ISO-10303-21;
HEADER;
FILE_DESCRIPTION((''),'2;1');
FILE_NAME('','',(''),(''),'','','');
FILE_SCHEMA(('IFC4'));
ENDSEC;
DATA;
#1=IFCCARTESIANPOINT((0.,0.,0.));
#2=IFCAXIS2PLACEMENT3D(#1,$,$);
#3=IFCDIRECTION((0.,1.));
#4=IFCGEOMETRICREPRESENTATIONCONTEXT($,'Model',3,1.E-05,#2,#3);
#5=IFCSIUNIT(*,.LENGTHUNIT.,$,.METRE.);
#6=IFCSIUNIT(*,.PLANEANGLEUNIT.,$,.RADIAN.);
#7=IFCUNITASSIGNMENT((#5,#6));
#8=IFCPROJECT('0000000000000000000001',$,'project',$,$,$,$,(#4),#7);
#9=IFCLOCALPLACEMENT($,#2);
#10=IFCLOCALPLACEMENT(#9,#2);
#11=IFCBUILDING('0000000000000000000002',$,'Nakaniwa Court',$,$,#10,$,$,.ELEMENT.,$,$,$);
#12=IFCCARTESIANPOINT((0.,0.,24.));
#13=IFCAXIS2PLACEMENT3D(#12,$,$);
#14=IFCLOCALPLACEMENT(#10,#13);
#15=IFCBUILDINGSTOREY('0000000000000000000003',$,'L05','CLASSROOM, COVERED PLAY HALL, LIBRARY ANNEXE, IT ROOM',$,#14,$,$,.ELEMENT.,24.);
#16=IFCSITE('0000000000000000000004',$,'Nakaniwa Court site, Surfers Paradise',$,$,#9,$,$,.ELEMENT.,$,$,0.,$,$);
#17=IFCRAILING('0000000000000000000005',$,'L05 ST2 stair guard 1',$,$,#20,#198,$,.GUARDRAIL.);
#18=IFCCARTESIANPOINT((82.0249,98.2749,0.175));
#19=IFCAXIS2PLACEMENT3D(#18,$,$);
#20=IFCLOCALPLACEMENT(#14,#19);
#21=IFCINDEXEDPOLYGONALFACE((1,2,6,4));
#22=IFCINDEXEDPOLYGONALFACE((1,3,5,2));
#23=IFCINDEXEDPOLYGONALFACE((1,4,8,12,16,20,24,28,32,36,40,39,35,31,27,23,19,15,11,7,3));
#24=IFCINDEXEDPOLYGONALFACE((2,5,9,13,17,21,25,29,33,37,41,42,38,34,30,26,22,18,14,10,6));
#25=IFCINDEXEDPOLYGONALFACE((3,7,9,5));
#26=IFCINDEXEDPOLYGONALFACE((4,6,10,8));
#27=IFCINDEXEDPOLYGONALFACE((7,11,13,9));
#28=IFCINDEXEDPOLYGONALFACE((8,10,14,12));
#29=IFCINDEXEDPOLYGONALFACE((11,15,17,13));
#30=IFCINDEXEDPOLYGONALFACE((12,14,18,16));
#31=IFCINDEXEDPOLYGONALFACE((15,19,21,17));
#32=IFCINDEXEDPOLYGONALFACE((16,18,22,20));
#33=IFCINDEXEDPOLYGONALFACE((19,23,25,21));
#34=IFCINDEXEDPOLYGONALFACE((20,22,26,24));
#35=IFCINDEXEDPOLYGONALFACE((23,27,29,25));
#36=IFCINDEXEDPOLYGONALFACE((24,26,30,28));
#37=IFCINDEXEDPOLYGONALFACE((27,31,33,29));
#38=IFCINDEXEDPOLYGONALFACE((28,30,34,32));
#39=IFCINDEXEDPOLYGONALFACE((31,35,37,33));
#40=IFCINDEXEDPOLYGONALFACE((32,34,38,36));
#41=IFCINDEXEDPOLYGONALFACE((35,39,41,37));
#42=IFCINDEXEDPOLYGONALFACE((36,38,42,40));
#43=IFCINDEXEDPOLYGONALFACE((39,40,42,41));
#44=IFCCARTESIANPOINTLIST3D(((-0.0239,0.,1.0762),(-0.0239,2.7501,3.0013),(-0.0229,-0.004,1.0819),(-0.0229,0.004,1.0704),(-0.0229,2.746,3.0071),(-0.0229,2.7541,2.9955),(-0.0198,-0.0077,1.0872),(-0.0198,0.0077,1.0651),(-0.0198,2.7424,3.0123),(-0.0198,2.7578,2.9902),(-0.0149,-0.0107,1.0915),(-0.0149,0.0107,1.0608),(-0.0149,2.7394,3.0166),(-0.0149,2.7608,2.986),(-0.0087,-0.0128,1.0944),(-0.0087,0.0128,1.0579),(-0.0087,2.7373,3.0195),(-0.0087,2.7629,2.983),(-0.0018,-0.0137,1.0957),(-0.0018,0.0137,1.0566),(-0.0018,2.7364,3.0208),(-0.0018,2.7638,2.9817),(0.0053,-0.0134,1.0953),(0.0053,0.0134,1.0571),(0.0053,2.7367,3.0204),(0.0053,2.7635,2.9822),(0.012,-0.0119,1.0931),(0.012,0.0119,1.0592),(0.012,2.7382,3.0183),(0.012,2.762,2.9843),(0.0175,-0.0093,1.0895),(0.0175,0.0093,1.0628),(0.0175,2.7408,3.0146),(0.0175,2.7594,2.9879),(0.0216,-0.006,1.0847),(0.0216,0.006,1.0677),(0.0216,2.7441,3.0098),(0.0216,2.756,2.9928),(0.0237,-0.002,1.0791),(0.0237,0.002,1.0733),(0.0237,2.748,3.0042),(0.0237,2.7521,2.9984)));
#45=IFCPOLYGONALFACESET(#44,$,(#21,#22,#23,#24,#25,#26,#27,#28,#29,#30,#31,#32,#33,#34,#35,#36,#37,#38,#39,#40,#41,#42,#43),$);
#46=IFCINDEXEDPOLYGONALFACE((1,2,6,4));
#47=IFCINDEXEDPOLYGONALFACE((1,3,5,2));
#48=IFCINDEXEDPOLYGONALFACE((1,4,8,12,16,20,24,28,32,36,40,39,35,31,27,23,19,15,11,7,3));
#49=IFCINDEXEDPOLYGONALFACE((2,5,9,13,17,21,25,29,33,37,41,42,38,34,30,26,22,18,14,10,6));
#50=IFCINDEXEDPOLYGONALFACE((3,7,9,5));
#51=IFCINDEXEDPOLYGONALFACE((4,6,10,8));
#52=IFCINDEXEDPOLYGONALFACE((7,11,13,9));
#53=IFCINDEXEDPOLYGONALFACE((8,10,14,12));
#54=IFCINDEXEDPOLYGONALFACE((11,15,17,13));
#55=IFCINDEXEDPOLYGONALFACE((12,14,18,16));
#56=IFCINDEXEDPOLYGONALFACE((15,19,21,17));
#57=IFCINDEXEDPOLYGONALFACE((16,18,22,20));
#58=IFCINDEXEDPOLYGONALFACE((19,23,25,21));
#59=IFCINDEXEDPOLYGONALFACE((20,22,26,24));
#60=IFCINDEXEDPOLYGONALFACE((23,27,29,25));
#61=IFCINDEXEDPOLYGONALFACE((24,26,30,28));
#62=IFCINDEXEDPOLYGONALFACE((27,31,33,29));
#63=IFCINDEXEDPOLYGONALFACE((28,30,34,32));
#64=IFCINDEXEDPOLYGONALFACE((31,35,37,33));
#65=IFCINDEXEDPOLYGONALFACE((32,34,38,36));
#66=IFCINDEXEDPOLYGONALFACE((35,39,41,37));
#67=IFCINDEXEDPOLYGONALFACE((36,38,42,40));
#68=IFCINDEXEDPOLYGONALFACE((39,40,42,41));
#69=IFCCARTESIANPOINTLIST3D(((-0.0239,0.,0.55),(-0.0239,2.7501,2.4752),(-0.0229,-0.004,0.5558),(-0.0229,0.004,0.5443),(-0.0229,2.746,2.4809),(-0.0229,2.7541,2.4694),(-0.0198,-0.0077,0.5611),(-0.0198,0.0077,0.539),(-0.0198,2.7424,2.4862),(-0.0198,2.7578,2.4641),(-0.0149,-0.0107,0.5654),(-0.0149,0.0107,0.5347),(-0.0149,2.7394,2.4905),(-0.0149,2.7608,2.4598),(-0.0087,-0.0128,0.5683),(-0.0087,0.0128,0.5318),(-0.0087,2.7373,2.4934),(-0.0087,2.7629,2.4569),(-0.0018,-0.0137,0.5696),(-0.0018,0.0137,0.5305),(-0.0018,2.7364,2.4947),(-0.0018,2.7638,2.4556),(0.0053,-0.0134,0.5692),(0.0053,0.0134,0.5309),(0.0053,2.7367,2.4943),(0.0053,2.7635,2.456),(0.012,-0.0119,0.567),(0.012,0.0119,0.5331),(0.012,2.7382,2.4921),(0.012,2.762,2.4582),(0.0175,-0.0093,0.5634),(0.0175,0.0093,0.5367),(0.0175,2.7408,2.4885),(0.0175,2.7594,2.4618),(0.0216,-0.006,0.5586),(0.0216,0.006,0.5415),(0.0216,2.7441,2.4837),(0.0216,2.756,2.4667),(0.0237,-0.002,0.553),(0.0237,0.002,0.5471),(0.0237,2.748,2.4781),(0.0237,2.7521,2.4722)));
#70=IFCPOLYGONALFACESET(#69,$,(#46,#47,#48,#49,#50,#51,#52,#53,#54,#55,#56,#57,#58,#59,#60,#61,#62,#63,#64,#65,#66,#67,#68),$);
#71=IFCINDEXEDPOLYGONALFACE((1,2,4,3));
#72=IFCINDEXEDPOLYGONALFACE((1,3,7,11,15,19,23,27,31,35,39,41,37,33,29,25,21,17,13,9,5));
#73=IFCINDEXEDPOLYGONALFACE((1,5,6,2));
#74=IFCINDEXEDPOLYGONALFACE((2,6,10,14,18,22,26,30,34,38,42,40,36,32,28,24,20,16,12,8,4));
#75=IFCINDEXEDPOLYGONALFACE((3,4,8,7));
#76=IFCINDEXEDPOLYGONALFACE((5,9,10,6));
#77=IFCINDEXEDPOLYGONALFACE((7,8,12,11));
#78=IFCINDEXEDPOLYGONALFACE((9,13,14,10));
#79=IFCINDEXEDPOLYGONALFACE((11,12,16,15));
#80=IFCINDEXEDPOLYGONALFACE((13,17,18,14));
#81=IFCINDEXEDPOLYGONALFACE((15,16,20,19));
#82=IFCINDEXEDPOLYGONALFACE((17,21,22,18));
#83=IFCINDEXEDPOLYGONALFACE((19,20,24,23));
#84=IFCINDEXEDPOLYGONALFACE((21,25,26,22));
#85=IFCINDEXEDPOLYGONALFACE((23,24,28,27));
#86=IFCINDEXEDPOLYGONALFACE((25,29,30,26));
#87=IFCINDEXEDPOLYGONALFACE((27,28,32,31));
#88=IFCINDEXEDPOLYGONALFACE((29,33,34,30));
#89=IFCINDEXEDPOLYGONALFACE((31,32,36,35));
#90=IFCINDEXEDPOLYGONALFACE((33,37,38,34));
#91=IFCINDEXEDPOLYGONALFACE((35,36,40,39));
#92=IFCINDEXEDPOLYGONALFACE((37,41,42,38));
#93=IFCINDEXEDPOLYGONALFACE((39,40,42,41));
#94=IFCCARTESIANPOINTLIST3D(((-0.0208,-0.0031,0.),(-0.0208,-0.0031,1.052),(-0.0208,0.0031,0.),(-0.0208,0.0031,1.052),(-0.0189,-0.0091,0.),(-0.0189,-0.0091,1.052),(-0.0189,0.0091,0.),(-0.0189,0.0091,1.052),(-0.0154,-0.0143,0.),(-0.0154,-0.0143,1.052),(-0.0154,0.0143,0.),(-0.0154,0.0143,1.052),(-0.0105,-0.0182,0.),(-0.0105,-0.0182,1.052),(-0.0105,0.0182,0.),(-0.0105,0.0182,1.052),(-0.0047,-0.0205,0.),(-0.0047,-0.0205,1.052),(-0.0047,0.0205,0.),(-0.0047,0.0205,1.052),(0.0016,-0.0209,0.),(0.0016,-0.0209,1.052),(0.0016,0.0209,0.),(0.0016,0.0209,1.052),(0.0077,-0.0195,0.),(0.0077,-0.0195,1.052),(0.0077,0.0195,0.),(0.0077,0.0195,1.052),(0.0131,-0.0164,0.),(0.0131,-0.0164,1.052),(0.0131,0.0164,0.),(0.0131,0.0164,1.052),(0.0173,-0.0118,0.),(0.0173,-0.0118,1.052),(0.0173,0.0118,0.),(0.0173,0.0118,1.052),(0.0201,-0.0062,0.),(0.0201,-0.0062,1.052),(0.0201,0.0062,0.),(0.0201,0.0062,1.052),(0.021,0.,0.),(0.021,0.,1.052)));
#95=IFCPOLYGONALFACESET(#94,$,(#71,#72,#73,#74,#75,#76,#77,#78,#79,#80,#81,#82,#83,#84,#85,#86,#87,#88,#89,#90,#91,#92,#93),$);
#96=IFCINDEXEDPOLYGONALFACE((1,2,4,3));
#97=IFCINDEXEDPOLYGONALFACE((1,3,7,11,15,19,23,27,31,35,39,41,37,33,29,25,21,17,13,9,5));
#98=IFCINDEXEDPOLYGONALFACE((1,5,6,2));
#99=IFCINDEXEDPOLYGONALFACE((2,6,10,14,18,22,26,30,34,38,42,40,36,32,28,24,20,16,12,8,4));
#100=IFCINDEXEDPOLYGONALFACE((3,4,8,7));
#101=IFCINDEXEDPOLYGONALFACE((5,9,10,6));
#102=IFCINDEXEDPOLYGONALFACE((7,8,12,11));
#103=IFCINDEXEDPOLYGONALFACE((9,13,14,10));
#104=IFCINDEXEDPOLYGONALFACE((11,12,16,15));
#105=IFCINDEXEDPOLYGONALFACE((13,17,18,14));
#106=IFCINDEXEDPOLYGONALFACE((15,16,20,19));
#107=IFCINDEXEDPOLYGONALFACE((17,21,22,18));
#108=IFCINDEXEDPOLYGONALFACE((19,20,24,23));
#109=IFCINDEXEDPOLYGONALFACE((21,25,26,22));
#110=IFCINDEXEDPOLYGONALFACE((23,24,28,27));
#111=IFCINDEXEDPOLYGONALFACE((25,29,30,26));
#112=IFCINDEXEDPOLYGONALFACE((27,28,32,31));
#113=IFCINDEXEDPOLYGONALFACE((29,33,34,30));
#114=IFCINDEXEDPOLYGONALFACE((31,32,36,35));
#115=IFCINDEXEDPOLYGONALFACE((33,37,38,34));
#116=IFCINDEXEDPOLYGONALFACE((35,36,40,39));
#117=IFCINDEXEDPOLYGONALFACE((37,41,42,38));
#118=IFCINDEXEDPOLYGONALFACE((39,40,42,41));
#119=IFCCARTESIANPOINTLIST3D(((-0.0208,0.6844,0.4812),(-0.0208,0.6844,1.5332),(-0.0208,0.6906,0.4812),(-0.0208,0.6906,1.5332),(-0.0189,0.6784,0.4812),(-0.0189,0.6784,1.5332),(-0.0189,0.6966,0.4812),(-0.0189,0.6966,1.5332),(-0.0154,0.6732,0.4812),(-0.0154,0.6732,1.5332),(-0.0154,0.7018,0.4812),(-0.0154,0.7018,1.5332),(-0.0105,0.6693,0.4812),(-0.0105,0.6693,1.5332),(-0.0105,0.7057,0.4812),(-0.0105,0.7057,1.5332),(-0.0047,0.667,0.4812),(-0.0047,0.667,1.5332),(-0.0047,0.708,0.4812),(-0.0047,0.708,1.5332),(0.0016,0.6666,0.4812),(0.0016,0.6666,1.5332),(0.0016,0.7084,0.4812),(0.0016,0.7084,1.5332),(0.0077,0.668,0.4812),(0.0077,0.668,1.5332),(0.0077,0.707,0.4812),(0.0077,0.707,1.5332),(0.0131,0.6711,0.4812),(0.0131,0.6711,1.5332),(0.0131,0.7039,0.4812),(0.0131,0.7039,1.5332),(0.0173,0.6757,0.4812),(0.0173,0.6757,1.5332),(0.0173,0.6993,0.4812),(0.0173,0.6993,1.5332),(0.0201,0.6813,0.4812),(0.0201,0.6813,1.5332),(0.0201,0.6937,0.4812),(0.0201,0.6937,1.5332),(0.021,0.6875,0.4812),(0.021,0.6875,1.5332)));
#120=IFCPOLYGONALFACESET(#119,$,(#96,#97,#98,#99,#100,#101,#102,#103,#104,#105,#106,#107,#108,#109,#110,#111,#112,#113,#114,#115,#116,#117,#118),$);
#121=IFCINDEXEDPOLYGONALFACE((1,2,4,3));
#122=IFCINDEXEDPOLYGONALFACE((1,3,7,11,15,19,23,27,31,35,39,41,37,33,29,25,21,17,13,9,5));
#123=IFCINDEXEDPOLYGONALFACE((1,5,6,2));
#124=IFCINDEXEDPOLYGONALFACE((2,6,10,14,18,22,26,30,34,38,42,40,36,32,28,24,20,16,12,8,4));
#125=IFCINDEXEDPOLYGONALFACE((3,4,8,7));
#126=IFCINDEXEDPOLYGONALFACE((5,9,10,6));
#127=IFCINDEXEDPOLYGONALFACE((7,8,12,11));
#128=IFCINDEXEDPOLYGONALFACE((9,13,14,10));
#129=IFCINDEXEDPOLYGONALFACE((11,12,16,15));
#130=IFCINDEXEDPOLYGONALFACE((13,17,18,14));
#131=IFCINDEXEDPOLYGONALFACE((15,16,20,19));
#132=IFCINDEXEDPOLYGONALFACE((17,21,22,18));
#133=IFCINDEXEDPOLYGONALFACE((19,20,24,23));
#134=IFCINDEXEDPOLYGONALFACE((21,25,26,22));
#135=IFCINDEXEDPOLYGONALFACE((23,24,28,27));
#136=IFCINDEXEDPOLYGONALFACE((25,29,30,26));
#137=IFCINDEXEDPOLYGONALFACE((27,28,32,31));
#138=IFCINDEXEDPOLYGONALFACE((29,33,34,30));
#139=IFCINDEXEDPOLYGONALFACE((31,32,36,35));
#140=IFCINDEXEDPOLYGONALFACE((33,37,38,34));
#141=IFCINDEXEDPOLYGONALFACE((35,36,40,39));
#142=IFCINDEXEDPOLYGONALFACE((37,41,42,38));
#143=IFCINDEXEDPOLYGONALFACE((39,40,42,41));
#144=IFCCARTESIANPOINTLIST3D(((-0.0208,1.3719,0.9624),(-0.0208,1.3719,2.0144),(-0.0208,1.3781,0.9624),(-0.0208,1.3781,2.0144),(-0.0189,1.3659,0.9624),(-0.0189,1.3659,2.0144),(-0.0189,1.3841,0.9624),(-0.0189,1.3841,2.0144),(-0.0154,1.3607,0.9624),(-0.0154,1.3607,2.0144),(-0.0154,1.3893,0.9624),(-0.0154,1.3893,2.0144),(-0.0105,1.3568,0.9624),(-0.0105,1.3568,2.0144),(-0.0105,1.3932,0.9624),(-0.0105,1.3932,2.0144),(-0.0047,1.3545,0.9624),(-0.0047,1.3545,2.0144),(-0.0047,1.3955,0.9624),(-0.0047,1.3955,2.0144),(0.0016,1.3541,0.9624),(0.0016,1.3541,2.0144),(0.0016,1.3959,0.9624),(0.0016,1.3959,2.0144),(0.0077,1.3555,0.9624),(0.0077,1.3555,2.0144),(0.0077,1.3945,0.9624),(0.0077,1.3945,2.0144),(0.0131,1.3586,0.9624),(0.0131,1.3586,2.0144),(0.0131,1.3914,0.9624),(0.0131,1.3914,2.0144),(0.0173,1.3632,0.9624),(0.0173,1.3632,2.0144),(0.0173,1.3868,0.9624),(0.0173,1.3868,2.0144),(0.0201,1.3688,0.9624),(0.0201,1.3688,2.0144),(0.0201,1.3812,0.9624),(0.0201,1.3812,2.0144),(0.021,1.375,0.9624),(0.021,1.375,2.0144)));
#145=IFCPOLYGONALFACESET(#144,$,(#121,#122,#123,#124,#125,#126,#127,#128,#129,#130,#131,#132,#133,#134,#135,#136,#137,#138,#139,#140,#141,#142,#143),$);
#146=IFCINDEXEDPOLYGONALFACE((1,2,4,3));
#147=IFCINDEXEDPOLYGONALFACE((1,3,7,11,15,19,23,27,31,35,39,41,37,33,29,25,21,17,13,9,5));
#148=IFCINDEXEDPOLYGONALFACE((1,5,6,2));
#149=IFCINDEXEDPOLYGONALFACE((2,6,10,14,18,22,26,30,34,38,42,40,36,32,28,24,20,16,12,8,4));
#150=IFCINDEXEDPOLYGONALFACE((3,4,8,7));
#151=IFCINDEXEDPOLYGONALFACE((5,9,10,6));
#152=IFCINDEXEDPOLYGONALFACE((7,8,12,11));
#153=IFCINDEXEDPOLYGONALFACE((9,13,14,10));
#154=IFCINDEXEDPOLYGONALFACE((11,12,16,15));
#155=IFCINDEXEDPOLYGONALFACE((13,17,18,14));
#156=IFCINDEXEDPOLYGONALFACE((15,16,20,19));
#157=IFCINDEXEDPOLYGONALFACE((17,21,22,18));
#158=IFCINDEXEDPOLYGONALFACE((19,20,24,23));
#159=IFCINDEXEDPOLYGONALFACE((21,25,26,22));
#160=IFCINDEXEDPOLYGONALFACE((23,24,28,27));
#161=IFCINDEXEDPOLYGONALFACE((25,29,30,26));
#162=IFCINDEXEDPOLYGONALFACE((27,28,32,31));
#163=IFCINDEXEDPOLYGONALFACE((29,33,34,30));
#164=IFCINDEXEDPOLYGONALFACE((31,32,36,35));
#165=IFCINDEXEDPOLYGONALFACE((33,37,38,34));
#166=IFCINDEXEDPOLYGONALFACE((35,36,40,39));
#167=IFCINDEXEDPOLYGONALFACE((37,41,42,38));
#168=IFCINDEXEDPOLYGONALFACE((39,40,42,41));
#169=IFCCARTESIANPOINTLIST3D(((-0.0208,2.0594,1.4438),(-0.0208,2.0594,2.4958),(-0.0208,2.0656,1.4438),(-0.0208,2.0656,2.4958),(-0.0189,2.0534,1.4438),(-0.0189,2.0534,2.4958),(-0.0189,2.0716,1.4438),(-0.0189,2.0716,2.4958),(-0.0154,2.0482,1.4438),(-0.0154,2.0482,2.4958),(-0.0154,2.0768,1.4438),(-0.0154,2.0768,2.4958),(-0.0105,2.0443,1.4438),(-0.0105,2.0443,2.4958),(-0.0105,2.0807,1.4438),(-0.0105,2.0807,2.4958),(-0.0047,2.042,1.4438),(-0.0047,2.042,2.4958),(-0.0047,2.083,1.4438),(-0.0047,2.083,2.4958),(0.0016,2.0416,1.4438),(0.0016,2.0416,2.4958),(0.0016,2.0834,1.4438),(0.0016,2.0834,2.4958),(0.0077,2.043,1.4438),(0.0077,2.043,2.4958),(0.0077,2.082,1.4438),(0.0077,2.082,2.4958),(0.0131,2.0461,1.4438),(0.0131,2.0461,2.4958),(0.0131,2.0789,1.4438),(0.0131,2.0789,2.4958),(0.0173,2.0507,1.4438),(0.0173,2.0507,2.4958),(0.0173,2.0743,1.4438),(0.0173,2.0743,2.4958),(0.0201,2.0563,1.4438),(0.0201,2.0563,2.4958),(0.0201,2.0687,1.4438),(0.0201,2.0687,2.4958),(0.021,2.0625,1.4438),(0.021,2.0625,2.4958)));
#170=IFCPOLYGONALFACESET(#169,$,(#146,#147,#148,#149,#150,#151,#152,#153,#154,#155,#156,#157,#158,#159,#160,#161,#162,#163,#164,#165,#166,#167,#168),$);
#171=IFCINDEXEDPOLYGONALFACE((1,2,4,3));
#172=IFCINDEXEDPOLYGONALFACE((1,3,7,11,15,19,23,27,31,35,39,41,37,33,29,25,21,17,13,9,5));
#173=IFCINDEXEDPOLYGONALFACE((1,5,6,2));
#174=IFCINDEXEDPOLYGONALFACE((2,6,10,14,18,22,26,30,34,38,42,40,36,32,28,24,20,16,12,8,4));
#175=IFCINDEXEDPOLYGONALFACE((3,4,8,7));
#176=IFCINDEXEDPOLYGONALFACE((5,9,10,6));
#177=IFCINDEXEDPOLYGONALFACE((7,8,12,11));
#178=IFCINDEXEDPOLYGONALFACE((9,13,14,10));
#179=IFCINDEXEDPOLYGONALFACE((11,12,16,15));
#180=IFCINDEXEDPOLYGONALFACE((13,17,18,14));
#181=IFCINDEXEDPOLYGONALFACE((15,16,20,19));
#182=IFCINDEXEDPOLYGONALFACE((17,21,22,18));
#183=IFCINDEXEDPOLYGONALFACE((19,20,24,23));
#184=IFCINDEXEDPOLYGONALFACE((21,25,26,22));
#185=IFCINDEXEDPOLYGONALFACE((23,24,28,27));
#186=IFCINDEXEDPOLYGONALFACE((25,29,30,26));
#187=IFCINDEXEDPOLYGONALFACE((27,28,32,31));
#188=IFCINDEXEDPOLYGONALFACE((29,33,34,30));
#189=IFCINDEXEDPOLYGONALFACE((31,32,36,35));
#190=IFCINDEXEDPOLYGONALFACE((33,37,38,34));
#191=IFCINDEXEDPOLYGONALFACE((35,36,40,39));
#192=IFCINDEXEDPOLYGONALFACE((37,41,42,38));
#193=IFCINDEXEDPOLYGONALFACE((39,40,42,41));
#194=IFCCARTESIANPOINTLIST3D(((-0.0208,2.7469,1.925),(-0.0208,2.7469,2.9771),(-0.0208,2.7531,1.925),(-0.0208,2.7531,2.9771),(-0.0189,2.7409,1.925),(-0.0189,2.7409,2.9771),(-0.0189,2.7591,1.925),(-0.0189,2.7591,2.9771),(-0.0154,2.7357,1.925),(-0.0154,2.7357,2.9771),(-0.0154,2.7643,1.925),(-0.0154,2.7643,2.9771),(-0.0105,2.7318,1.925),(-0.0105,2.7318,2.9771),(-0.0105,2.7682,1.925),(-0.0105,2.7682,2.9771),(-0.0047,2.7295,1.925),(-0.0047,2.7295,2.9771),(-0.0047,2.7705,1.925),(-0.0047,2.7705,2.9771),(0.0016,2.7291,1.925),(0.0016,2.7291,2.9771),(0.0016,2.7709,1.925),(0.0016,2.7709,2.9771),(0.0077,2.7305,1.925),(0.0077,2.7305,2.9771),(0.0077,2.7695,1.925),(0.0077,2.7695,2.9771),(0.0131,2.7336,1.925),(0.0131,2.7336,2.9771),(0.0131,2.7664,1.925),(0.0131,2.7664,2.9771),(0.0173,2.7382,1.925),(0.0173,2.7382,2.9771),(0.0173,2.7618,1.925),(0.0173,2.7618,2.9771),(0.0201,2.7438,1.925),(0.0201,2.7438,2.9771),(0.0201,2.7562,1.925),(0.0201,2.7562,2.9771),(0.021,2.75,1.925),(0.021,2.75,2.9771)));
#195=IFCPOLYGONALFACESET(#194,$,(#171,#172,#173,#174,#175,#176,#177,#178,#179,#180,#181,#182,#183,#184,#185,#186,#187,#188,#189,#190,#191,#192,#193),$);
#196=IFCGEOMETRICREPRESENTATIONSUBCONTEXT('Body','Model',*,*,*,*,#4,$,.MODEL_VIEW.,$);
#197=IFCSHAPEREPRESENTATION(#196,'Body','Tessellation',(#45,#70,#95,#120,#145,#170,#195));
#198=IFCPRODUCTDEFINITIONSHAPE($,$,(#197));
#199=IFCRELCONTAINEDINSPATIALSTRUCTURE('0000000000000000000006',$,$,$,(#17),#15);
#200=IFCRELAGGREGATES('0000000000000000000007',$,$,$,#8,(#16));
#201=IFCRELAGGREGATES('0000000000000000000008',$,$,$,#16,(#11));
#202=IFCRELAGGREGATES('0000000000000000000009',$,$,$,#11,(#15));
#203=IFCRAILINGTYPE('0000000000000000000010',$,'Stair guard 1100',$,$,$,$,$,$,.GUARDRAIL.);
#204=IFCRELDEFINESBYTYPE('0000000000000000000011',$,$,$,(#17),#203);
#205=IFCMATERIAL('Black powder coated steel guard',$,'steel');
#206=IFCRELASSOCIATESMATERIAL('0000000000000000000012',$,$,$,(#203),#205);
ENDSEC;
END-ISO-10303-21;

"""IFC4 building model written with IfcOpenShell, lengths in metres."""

from ifc_helpers import new_model, si_unit, direction, frame, origin, origin_2d, place, context, subcontext, project, spatial, circle, extrude, material, type_object, element, save


model = new_model("IFC4")

# Units and contexts
model_context = context("Model", 3, precision=1e-05, world=origin(), true_north=direction((0.0, 1.0)))
body_context = subcontext(model_context, "Body", "Model", "MODEL_VIEW")
ifc_project = project(units=[si_unit("LENGTHUNIT", "METRE"), si_unit("PLANEANGLEUNIT", "RADIAN")], contexts=[model_context])

# Site, building, storey
site_placement = place(None, origin())
site = spatial("IfcSite", under=ifc_project, at=site_placement, Name="Nakaniwa Court site, Surfers Paradise", CompositionType="ELEMENT", RefElevation=0.0)
building_placement = place(site_placement, origin())
building = spatial("IfcBuilding", under=site, at=building_placement, Name="Nakaniwa Court", CompositionType="ELEMENT")
storey_placement = place(building_placement, frame((0.0, 0.0, 24.0)))
storey = spatial("IfcBuildingStorey", under=building, at=storey_placement, Name="L05", Description="CLASSROOM, COVERED PLAY HALL, LIBRARY ANNEXE, IT ROOM", CompositionType="ELEMENT", Elevation=24.0)

# Railing
ifc_material_1 = material(Name="Black powder coated steel guard", Category="steel")
railing_type_1 = type_object("IfcRailingType", Name="Stair guard 1100", PredefinedType="GUARDRAIL", material=ifc_material_1)
railing_1_placement = place(storey_placement, frame((82.0249, 98.2749, 0.175)))
element("IfcRailing", 1, at=railing_1_placement, inside=storey, type_object=railing_type_1, Name="L05 ST2 stair guard 1", PredefinedType="GUARDRAIL", context=body_context, shape_type="SweptSolid", body=[
    extrude(circle(Radius=0.0239, at=origin_2d()), frame((0.0, 0.0, 1.0762), z_axis=(0.0, 0.819225, 0.573472), x_axis=(-1.0, 0.0, 0.0)), (0.0, 0.0, 1.0), 3.3569),
    extrude(circle(Radius=0.0239, at=origin_2d()), frame((0.0, 0.0, 0.55), z_axis=(0.0, 0.819225, 0.573472), x_axis=(-1.0, 0.0, 0.0)), (0.0, 0.0, 1.0), 3.3569),
    extrude(circle(Radius=0.021, at=origin_2d()), origin(), (0.0, 0.0, 1.0), 1.052),
    extrude(circle(Radius=0.021, at=origin_2d()), frame((0.0, 0.6875, 0.4812)), (0.0, 0.0, 1.0), 1.052),
    extrude(circle(Radius=0.021, at=origin_2d()), frame((0.0, 1.375, 0.9624)), (0.0, 0.0, 1.0), 1.052),
    extrude(circle(Radius=0.021, at=origin_2d()), frame((0.0, 2.0625, 1.4438)), (0.0, 0.0, 1.0), 1.052),
    extrude(circle(Radius=0.021, at=origin_2d()), frame((0.0, 2.75, 1.925)), (0.0, 0.0, 1.0), 1.052),
])

save(model, "model.ifc")
